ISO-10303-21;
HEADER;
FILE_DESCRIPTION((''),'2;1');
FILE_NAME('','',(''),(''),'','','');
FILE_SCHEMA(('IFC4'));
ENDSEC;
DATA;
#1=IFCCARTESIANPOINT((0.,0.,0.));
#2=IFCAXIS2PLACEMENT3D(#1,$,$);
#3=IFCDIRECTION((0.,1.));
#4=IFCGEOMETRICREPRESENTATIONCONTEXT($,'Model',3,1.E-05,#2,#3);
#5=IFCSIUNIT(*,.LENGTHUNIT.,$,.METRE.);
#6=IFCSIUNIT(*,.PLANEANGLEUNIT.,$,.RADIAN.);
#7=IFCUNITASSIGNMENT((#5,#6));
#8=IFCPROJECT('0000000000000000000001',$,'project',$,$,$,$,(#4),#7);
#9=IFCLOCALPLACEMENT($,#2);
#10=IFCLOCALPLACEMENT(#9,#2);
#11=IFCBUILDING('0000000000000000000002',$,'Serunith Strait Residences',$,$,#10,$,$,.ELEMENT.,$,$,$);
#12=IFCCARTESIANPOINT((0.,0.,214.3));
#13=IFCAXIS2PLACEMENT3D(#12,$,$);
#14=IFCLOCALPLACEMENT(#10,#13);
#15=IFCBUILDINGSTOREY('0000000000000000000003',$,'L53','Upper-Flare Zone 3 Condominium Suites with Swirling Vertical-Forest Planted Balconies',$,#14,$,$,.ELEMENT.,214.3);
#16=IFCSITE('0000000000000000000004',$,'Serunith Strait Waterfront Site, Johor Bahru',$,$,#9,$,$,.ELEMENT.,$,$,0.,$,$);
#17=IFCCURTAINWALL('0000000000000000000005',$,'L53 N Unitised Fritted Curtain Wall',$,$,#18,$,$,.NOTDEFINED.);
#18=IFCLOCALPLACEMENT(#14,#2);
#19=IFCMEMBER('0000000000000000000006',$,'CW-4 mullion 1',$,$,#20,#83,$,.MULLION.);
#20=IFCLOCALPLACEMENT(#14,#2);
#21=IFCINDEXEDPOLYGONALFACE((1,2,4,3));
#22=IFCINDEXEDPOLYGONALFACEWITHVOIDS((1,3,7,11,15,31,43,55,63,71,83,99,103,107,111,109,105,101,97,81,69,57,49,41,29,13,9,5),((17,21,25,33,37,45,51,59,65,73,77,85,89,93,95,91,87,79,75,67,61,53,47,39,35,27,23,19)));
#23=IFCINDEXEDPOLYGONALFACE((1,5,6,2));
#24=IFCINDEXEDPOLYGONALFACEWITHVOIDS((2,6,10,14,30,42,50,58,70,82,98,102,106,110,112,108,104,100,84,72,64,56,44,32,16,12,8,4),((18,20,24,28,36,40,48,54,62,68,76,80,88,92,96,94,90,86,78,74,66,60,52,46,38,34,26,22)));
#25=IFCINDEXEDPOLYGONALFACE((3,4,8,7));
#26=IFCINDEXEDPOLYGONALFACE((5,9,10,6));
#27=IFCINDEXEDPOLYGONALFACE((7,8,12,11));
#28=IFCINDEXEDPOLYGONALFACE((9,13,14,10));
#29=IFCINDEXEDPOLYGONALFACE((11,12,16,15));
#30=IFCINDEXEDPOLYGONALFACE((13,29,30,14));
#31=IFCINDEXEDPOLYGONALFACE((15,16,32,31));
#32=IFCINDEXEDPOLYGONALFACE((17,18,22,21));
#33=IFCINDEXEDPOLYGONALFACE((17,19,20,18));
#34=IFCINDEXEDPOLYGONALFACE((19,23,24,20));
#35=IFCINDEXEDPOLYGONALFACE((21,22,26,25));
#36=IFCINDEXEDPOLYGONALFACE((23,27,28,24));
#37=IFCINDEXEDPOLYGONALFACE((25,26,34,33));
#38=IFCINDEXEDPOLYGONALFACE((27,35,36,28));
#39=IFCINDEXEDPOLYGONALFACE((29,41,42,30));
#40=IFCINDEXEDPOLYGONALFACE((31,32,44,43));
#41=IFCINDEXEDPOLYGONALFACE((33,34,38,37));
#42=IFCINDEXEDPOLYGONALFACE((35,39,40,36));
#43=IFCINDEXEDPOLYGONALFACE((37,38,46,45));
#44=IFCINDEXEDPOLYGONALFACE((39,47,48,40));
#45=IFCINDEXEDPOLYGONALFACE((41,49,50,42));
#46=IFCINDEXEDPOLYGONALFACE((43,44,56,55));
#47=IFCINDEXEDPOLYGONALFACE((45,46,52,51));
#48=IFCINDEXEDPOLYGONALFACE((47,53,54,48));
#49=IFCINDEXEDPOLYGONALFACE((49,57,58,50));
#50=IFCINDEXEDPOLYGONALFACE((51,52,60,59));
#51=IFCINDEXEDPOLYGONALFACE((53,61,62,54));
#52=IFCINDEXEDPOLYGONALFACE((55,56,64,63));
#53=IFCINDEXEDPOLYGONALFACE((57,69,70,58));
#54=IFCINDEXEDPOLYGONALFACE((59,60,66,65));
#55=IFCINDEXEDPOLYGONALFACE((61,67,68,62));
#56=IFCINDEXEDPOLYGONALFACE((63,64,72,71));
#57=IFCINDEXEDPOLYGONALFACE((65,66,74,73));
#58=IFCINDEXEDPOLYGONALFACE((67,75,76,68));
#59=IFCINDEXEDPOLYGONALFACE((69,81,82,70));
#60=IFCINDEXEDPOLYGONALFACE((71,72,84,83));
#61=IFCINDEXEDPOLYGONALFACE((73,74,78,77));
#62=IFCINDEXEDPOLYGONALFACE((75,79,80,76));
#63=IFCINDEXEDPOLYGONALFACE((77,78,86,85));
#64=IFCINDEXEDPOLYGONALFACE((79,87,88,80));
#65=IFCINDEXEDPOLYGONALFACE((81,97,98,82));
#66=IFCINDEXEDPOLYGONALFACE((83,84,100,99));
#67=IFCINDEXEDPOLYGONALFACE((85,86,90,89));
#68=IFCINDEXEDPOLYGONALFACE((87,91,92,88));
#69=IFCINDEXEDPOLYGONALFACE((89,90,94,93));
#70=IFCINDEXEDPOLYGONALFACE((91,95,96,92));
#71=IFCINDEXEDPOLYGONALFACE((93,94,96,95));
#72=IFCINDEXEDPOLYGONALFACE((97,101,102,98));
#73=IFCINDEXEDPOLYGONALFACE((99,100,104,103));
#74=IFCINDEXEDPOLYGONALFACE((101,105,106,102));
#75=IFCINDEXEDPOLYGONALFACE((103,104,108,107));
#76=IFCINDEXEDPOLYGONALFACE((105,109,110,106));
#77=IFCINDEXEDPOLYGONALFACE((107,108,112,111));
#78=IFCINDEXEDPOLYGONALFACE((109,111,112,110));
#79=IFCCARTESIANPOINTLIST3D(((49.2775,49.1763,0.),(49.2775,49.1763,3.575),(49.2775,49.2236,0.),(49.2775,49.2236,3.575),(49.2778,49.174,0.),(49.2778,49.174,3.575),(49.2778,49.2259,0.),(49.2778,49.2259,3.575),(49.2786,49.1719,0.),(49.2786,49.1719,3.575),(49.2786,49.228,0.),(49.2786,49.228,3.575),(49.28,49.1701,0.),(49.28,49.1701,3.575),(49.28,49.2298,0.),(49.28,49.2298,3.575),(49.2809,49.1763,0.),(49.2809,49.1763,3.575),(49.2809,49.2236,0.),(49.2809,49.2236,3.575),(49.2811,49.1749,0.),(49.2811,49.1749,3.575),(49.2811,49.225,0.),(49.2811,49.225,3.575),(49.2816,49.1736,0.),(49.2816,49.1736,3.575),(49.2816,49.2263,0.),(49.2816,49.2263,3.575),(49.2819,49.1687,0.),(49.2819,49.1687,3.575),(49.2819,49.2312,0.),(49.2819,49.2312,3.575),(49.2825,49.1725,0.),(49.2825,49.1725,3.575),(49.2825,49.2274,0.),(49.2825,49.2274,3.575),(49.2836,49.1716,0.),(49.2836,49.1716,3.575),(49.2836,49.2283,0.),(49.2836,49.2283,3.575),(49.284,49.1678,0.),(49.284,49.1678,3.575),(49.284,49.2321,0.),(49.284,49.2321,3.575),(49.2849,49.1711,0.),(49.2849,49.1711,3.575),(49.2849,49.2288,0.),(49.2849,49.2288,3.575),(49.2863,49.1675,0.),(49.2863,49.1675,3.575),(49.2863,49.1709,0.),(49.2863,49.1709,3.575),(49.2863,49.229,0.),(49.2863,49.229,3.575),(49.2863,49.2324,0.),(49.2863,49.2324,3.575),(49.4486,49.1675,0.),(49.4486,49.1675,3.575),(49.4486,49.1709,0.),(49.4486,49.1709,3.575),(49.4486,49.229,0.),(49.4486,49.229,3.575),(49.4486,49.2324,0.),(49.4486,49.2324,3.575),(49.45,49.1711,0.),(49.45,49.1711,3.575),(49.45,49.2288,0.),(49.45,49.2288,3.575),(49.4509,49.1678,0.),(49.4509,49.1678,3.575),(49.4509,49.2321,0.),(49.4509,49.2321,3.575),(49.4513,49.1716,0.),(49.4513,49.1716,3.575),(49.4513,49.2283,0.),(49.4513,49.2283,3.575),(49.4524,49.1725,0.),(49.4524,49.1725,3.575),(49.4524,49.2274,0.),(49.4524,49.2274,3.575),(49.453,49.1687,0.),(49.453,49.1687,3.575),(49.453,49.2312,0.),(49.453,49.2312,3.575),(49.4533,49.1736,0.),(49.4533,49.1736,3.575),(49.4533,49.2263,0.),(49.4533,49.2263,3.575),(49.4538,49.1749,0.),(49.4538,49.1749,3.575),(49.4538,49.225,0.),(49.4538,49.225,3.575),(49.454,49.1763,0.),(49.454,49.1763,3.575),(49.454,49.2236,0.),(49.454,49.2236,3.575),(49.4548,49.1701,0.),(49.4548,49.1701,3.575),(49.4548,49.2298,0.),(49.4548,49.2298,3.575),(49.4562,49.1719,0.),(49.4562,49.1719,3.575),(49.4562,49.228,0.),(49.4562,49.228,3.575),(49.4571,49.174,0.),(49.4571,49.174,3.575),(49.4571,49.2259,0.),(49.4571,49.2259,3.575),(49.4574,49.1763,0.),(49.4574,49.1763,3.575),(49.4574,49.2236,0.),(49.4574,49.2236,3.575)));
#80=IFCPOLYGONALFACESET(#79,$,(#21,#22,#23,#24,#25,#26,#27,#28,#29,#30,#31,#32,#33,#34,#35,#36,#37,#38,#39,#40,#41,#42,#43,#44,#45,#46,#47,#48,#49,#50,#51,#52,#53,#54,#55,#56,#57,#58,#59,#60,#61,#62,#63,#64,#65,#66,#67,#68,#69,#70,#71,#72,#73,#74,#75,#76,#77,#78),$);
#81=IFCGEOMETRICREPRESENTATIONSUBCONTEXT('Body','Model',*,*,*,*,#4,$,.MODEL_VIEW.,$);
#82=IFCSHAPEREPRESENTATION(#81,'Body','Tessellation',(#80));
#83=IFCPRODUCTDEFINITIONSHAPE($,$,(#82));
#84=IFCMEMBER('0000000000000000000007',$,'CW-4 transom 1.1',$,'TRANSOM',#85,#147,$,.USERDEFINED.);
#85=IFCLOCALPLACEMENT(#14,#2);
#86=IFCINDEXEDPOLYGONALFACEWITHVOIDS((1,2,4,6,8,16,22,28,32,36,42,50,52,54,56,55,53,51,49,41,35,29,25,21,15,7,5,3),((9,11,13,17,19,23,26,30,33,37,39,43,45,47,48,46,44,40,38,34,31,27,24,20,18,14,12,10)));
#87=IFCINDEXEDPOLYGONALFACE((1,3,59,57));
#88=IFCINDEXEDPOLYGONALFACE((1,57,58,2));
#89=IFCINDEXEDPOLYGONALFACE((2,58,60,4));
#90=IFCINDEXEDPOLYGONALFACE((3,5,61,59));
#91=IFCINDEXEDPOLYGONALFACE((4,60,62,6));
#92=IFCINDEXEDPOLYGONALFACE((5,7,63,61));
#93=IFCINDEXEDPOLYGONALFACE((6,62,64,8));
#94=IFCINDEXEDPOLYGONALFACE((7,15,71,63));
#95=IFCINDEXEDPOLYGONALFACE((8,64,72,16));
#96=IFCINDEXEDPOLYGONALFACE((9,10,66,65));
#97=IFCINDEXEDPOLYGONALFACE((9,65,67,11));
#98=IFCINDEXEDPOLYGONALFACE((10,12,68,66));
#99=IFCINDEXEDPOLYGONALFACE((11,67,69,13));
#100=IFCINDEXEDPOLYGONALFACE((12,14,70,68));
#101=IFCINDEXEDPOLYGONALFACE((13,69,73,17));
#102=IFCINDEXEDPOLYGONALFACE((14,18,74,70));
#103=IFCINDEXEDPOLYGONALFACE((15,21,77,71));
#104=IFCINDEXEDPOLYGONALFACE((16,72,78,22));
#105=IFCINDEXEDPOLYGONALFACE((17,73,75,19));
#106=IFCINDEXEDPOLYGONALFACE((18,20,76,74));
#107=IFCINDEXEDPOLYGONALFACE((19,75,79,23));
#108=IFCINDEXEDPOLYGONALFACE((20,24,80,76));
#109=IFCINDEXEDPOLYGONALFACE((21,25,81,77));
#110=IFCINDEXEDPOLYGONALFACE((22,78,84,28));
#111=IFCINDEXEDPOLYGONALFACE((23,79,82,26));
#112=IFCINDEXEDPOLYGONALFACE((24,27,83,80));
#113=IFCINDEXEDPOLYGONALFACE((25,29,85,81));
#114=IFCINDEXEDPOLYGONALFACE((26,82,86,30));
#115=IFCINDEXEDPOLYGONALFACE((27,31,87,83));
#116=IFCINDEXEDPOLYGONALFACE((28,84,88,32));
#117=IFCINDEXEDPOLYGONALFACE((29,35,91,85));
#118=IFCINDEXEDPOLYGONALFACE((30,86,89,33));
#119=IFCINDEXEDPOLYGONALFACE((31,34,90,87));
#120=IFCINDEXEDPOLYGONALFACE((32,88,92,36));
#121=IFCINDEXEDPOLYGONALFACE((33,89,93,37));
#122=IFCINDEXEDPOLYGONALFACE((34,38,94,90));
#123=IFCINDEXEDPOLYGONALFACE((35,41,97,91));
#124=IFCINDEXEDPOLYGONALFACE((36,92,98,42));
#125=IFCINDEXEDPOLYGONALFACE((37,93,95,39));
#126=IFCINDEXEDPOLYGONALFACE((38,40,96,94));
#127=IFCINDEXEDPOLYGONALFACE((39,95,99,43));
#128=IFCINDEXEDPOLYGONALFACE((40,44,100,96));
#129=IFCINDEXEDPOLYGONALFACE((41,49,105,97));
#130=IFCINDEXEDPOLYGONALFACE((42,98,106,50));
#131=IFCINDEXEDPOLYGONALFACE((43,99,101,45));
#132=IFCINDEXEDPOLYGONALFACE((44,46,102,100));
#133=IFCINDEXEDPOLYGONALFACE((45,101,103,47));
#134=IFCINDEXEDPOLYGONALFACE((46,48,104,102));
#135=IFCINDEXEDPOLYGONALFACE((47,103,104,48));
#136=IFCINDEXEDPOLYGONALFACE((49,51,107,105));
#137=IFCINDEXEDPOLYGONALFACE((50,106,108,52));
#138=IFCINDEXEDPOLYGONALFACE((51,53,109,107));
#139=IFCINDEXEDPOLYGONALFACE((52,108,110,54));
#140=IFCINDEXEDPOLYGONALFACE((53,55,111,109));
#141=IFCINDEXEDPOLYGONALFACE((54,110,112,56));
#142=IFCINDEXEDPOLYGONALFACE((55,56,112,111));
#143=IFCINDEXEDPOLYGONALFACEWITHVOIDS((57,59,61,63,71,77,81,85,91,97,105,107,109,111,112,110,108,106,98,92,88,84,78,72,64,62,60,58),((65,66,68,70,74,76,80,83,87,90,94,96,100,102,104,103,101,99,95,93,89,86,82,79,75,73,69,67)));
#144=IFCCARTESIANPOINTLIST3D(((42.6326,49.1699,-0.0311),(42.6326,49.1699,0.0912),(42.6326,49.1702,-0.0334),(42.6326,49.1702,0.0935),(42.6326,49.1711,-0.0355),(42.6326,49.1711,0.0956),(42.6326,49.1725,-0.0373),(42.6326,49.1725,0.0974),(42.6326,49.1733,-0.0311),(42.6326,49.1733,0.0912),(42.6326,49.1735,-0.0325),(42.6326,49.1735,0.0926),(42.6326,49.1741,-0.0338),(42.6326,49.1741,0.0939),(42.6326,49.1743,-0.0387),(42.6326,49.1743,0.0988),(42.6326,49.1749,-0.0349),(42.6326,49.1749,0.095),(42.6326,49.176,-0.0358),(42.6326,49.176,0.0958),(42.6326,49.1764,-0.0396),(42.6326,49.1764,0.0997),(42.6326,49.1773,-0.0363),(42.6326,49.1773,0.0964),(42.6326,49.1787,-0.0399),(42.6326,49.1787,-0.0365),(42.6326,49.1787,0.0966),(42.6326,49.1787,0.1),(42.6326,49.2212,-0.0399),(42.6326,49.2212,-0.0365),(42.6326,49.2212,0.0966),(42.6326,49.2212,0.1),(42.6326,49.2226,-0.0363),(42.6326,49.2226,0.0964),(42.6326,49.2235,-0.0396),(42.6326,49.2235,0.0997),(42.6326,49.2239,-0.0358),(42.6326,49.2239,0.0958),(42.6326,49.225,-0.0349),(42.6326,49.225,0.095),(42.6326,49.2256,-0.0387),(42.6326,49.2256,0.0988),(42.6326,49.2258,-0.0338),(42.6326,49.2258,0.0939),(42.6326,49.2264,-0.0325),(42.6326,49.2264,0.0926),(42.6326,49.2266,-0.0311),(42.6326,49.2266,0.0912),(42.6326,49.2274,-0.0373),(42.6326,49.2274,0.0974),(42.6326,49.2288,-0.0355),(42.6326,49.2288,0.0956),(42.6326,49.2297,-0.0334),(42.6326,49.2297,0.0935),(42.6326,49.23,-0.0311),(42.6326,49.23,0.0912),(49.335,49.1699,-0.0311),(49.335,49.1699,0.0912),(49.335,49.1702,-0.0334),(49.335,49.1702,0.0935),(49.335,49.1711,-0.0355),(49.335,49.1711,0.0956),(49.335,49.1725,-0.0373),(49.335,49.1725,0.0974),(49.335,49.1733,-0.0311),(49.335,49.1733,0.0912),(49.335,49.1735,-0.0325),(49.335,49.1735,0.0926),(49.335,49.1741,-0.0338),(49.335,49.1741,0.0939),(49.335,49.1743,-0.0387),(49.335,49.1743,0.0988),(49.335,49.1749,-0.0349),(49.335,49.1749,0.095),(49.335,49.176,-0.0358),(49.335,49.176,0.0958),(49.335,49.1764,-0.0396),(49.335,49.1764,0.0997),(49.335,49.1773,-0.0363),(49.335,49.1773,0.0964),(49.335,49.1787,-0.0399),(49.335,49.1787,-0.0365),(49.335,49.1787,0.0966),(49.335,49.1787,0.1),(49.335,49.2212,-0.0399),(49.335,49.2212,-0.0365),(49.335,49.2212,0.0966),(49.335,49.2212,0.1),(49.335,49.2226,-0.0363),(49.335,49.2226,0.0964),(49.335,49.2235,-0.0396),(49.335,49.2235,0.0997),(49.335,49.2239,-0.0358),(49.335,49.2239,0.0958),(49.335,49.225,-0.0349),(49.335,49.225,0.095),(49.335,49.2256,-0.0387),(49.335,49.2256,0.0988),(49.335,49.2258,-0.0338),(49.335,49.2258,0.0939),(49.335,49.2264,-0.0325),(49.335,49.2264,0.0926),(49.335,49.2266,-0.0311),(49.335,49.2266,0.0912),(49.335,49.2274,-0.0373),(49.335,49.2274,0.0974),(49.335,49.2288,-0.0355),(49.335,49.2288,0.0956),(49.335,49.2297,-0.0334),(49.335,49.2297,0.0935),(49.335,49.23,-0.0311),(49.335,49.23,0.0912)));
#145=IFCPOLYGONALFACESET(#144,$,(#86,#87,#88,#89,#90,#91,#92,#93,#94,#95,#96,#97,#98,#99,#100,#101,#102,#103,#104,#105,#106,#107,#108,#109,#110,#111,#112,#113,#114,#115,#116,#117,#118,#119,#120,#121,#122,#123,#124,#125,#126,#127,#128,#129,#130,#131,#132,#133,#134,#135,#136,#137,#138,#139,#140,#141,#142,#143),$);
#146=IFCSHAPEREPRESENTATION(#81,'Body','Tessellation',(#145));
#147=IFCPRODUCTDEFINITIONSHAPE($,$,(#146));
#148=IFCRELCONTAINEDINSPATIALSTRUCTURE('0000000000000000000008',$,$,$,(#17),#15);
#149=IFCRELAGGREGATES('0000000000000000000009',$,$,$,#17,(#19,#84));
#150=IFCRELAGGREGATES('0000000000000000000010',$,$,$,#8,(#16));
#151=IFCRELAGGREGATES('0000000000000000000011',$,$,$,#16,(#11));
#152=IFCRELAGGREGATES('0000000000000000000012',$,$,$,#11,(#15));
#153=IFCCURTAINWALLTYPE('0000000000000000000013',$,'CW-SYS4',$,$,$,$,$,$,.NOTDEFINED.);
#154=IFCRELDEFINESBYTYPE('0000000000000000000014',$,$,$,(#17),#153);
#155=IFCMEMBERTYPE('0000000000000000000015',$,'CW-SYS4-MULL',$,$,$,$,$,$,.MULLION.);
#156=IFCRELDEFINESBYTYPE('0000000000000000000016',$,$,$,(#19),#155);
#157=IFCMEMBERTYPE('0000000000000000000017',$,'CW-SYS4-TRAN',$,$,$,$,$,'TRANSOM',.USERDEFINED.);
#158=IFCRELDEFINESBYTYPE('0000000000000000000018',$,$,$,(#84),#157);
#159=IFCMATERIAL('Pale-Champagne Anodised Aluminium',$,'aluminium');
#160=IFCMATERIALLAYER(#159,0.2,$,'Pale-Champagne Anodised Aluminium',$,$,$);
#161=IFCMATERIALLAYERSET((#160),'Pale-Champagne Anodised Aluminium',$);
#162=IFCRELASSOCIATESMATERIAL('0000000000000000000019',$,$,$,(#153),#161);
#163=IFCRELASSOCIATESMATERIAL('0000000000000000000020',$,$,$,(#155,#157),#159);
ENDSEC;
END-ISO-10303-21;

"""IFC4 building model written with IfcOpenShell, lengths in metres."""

from ifc_helpers import new_model, si_unit, direction, frame, origin, origin_2d, place, context, subcontext, project, spatial, hollow_rectangle, extrude, source, transform, mapped, material, layer, layer_set, material_profile, profile_set, type_object, element, aggregate, save


model = new_model("IFC4")

# Units and contexts
model_context = context("Model", 3, precision=1e-05, world=origin(), true_north=direction((0.0, 1.0)))
body_context = subcontext(model_context, "Body", "Model", "MODEL_VIEW")
ifc_project = project(units=[si_unit("LENGTHUNIT", "METRE"), si_unit("PLANEANGLEUNIT", "RADIAN")], contexts=[model_context])

# Site, building, storey
site_placement = place(None, origin())
site = spatial("IfcSite", under=ifc_project, at=site_placement, Name="Serunith Strait Waterfront Site, Johor Bahru", CompositionType="ELEMENT", RefElevation=0.0)
building_placement = place(site_placement, origin())
building = spatial("IfcBuilding", under=site, at=building_placement, Name="Serunith Strait Residences", CompositionType="ELEMENT")
storey_placement = place(building_placement, frame((0.0, 0.0, 214.3)))
storey = spatial("IfcBuildingStorey", under=building, at=storey_placement, Name="L53", Description="Upper-Flare Zone 3 Condominium Suites with Swirling Vertical-Forest Planted Balconies", CompositionType="ELEMENT", Elevation=214.3)

# Shared definitions
ifc_material_1 = material(Name="Pale-Champagne Anodised Aluminium", Category="aluminium")
ifc_layer_1 = layer(ifc_material_1, 0.2, Name="Pale-Champagne Anodised Aluminium")
ifc_layer_set_1 = layer_set([ifc_layer_1], Name="Pale-Champagne Anodised Aluminium")
curtain_wall_type = type_object("IfcCurtainWallType", Name="CW-SYS4", PredefinedType="NOTDEFINED", material=ifc_layer_set_1)
ifc_material_profile_1 = material_profile(ifc_material_1, hollow_rectangle(XDim=0.0649, YDim=0.1799, WallThickness=0.0034, InnerFilletRadius=0.0054, OuterFilletRadius=0.0088, at=origin_2d()), Name="ALU 180x65x3.5")
ifc_profile_set_1 = profile_set([ifc_material_profile_1], Name="Pale-Champagne Anodised Aluminium")
member_type_1 = type_object("IfcMemberType", Name="CW-SYS4-MULL", PredefinedType="MULLION", material=ifc_profile_set_1)
shared_shape_1 = source(origin(), body_context, "Body", "SweptSolid", [
    extrude(hollow_rectangle(XDim=0.0649, YDim=0.1799, WallThickness=0.0034, InnerFilletRadius=0.0054, OuterFilletRadius=0.0088, at=origin_2d()), origin(), (0.0, 0.0, 1.0), 3.575),
])

# Curtain wall, members
curtain_wall_1_placement = place(storey_placement, origin())
curtain_wall_1 = element("IfcCurtainWall", 1, at=curtain_wall_1_placement, inside=storey, type_object=curtain_wall_type, Name="L53 N Unitised Fritted Curtain Wall", PredefinedType="NOTDEFINED")
member_1_placement = place(storey_placement, frame((49.3674, 49.2, 0.0), z_axis=(0.0, 0.0, 1.0), x_axis=(0.0, -1.0, 0.0)))
member_1 = element("IfcMember", 2, at=member_1_placement, type_object=member_type_1, Name="CW-4 mullion 1", PredefinedType="MULLION", context=body_context, shape_type="MappedRepresentation", body=[
    mapped(shared_shape_1, transform((0.0, 0.0, 0.0), scale=1.0)),
])
ifc_material_profile_2 = material_profile(ifc_material_1, hollow_rectangle(XDim=0.0601, YDim=0.1399, WallThickness=0.0034, InnerFilletRadius=0.0054, OuterFilletRadius=0.0088, at=origin_2d()), Name="ALU 140x60x3.5")
ifc_profile_set_2 = profile_set([ifc_material_profile_2], Name="Pale-Champagne Anodised Aluminium")
member_type_2 = type_object("IfcMemberType", Name="CW-SYS4-TRAN", ElementType="TRANSOM", PredefinedType="USERDEFINED", material=ifc_profile_set_2)
shared_shape_2 = source(origin(), body_context, "Body", "SweptSolid", [
    extrude(hollow_rectangle(XDim=0.0601, YDim=0.1399, WallThickness=0.0034, InnerFilletRadius=0.0054, OuterFilletRadius=0.0088, at=origin_2d()), origin(), (0.0, 0.0, 1.0), 6.7024),
])
member_2_placement = place(storey_placement, frame((49.335, 49.2, 0.03), z_axis=(-1.0, 0.0, 0.0), x_axis=(0.0, -1.0, 0.0)))
member_2 = element("IfcMember", 3, at=member_2_placement, type_object=member_type_2, Name="CW-4 transom 1.1", ObjectType="TRANSOM", PredefinedType="USERDEFINED", context=body_context, shape_type="MappedRepresentation", body=[
    mapped(shared_shape_2, transform((0.0, 0.0, 0.0), scale=1.0)),
])
aggregate(curtain_wall_1, [member_1, member_2])

save(model, "model.ifc")
